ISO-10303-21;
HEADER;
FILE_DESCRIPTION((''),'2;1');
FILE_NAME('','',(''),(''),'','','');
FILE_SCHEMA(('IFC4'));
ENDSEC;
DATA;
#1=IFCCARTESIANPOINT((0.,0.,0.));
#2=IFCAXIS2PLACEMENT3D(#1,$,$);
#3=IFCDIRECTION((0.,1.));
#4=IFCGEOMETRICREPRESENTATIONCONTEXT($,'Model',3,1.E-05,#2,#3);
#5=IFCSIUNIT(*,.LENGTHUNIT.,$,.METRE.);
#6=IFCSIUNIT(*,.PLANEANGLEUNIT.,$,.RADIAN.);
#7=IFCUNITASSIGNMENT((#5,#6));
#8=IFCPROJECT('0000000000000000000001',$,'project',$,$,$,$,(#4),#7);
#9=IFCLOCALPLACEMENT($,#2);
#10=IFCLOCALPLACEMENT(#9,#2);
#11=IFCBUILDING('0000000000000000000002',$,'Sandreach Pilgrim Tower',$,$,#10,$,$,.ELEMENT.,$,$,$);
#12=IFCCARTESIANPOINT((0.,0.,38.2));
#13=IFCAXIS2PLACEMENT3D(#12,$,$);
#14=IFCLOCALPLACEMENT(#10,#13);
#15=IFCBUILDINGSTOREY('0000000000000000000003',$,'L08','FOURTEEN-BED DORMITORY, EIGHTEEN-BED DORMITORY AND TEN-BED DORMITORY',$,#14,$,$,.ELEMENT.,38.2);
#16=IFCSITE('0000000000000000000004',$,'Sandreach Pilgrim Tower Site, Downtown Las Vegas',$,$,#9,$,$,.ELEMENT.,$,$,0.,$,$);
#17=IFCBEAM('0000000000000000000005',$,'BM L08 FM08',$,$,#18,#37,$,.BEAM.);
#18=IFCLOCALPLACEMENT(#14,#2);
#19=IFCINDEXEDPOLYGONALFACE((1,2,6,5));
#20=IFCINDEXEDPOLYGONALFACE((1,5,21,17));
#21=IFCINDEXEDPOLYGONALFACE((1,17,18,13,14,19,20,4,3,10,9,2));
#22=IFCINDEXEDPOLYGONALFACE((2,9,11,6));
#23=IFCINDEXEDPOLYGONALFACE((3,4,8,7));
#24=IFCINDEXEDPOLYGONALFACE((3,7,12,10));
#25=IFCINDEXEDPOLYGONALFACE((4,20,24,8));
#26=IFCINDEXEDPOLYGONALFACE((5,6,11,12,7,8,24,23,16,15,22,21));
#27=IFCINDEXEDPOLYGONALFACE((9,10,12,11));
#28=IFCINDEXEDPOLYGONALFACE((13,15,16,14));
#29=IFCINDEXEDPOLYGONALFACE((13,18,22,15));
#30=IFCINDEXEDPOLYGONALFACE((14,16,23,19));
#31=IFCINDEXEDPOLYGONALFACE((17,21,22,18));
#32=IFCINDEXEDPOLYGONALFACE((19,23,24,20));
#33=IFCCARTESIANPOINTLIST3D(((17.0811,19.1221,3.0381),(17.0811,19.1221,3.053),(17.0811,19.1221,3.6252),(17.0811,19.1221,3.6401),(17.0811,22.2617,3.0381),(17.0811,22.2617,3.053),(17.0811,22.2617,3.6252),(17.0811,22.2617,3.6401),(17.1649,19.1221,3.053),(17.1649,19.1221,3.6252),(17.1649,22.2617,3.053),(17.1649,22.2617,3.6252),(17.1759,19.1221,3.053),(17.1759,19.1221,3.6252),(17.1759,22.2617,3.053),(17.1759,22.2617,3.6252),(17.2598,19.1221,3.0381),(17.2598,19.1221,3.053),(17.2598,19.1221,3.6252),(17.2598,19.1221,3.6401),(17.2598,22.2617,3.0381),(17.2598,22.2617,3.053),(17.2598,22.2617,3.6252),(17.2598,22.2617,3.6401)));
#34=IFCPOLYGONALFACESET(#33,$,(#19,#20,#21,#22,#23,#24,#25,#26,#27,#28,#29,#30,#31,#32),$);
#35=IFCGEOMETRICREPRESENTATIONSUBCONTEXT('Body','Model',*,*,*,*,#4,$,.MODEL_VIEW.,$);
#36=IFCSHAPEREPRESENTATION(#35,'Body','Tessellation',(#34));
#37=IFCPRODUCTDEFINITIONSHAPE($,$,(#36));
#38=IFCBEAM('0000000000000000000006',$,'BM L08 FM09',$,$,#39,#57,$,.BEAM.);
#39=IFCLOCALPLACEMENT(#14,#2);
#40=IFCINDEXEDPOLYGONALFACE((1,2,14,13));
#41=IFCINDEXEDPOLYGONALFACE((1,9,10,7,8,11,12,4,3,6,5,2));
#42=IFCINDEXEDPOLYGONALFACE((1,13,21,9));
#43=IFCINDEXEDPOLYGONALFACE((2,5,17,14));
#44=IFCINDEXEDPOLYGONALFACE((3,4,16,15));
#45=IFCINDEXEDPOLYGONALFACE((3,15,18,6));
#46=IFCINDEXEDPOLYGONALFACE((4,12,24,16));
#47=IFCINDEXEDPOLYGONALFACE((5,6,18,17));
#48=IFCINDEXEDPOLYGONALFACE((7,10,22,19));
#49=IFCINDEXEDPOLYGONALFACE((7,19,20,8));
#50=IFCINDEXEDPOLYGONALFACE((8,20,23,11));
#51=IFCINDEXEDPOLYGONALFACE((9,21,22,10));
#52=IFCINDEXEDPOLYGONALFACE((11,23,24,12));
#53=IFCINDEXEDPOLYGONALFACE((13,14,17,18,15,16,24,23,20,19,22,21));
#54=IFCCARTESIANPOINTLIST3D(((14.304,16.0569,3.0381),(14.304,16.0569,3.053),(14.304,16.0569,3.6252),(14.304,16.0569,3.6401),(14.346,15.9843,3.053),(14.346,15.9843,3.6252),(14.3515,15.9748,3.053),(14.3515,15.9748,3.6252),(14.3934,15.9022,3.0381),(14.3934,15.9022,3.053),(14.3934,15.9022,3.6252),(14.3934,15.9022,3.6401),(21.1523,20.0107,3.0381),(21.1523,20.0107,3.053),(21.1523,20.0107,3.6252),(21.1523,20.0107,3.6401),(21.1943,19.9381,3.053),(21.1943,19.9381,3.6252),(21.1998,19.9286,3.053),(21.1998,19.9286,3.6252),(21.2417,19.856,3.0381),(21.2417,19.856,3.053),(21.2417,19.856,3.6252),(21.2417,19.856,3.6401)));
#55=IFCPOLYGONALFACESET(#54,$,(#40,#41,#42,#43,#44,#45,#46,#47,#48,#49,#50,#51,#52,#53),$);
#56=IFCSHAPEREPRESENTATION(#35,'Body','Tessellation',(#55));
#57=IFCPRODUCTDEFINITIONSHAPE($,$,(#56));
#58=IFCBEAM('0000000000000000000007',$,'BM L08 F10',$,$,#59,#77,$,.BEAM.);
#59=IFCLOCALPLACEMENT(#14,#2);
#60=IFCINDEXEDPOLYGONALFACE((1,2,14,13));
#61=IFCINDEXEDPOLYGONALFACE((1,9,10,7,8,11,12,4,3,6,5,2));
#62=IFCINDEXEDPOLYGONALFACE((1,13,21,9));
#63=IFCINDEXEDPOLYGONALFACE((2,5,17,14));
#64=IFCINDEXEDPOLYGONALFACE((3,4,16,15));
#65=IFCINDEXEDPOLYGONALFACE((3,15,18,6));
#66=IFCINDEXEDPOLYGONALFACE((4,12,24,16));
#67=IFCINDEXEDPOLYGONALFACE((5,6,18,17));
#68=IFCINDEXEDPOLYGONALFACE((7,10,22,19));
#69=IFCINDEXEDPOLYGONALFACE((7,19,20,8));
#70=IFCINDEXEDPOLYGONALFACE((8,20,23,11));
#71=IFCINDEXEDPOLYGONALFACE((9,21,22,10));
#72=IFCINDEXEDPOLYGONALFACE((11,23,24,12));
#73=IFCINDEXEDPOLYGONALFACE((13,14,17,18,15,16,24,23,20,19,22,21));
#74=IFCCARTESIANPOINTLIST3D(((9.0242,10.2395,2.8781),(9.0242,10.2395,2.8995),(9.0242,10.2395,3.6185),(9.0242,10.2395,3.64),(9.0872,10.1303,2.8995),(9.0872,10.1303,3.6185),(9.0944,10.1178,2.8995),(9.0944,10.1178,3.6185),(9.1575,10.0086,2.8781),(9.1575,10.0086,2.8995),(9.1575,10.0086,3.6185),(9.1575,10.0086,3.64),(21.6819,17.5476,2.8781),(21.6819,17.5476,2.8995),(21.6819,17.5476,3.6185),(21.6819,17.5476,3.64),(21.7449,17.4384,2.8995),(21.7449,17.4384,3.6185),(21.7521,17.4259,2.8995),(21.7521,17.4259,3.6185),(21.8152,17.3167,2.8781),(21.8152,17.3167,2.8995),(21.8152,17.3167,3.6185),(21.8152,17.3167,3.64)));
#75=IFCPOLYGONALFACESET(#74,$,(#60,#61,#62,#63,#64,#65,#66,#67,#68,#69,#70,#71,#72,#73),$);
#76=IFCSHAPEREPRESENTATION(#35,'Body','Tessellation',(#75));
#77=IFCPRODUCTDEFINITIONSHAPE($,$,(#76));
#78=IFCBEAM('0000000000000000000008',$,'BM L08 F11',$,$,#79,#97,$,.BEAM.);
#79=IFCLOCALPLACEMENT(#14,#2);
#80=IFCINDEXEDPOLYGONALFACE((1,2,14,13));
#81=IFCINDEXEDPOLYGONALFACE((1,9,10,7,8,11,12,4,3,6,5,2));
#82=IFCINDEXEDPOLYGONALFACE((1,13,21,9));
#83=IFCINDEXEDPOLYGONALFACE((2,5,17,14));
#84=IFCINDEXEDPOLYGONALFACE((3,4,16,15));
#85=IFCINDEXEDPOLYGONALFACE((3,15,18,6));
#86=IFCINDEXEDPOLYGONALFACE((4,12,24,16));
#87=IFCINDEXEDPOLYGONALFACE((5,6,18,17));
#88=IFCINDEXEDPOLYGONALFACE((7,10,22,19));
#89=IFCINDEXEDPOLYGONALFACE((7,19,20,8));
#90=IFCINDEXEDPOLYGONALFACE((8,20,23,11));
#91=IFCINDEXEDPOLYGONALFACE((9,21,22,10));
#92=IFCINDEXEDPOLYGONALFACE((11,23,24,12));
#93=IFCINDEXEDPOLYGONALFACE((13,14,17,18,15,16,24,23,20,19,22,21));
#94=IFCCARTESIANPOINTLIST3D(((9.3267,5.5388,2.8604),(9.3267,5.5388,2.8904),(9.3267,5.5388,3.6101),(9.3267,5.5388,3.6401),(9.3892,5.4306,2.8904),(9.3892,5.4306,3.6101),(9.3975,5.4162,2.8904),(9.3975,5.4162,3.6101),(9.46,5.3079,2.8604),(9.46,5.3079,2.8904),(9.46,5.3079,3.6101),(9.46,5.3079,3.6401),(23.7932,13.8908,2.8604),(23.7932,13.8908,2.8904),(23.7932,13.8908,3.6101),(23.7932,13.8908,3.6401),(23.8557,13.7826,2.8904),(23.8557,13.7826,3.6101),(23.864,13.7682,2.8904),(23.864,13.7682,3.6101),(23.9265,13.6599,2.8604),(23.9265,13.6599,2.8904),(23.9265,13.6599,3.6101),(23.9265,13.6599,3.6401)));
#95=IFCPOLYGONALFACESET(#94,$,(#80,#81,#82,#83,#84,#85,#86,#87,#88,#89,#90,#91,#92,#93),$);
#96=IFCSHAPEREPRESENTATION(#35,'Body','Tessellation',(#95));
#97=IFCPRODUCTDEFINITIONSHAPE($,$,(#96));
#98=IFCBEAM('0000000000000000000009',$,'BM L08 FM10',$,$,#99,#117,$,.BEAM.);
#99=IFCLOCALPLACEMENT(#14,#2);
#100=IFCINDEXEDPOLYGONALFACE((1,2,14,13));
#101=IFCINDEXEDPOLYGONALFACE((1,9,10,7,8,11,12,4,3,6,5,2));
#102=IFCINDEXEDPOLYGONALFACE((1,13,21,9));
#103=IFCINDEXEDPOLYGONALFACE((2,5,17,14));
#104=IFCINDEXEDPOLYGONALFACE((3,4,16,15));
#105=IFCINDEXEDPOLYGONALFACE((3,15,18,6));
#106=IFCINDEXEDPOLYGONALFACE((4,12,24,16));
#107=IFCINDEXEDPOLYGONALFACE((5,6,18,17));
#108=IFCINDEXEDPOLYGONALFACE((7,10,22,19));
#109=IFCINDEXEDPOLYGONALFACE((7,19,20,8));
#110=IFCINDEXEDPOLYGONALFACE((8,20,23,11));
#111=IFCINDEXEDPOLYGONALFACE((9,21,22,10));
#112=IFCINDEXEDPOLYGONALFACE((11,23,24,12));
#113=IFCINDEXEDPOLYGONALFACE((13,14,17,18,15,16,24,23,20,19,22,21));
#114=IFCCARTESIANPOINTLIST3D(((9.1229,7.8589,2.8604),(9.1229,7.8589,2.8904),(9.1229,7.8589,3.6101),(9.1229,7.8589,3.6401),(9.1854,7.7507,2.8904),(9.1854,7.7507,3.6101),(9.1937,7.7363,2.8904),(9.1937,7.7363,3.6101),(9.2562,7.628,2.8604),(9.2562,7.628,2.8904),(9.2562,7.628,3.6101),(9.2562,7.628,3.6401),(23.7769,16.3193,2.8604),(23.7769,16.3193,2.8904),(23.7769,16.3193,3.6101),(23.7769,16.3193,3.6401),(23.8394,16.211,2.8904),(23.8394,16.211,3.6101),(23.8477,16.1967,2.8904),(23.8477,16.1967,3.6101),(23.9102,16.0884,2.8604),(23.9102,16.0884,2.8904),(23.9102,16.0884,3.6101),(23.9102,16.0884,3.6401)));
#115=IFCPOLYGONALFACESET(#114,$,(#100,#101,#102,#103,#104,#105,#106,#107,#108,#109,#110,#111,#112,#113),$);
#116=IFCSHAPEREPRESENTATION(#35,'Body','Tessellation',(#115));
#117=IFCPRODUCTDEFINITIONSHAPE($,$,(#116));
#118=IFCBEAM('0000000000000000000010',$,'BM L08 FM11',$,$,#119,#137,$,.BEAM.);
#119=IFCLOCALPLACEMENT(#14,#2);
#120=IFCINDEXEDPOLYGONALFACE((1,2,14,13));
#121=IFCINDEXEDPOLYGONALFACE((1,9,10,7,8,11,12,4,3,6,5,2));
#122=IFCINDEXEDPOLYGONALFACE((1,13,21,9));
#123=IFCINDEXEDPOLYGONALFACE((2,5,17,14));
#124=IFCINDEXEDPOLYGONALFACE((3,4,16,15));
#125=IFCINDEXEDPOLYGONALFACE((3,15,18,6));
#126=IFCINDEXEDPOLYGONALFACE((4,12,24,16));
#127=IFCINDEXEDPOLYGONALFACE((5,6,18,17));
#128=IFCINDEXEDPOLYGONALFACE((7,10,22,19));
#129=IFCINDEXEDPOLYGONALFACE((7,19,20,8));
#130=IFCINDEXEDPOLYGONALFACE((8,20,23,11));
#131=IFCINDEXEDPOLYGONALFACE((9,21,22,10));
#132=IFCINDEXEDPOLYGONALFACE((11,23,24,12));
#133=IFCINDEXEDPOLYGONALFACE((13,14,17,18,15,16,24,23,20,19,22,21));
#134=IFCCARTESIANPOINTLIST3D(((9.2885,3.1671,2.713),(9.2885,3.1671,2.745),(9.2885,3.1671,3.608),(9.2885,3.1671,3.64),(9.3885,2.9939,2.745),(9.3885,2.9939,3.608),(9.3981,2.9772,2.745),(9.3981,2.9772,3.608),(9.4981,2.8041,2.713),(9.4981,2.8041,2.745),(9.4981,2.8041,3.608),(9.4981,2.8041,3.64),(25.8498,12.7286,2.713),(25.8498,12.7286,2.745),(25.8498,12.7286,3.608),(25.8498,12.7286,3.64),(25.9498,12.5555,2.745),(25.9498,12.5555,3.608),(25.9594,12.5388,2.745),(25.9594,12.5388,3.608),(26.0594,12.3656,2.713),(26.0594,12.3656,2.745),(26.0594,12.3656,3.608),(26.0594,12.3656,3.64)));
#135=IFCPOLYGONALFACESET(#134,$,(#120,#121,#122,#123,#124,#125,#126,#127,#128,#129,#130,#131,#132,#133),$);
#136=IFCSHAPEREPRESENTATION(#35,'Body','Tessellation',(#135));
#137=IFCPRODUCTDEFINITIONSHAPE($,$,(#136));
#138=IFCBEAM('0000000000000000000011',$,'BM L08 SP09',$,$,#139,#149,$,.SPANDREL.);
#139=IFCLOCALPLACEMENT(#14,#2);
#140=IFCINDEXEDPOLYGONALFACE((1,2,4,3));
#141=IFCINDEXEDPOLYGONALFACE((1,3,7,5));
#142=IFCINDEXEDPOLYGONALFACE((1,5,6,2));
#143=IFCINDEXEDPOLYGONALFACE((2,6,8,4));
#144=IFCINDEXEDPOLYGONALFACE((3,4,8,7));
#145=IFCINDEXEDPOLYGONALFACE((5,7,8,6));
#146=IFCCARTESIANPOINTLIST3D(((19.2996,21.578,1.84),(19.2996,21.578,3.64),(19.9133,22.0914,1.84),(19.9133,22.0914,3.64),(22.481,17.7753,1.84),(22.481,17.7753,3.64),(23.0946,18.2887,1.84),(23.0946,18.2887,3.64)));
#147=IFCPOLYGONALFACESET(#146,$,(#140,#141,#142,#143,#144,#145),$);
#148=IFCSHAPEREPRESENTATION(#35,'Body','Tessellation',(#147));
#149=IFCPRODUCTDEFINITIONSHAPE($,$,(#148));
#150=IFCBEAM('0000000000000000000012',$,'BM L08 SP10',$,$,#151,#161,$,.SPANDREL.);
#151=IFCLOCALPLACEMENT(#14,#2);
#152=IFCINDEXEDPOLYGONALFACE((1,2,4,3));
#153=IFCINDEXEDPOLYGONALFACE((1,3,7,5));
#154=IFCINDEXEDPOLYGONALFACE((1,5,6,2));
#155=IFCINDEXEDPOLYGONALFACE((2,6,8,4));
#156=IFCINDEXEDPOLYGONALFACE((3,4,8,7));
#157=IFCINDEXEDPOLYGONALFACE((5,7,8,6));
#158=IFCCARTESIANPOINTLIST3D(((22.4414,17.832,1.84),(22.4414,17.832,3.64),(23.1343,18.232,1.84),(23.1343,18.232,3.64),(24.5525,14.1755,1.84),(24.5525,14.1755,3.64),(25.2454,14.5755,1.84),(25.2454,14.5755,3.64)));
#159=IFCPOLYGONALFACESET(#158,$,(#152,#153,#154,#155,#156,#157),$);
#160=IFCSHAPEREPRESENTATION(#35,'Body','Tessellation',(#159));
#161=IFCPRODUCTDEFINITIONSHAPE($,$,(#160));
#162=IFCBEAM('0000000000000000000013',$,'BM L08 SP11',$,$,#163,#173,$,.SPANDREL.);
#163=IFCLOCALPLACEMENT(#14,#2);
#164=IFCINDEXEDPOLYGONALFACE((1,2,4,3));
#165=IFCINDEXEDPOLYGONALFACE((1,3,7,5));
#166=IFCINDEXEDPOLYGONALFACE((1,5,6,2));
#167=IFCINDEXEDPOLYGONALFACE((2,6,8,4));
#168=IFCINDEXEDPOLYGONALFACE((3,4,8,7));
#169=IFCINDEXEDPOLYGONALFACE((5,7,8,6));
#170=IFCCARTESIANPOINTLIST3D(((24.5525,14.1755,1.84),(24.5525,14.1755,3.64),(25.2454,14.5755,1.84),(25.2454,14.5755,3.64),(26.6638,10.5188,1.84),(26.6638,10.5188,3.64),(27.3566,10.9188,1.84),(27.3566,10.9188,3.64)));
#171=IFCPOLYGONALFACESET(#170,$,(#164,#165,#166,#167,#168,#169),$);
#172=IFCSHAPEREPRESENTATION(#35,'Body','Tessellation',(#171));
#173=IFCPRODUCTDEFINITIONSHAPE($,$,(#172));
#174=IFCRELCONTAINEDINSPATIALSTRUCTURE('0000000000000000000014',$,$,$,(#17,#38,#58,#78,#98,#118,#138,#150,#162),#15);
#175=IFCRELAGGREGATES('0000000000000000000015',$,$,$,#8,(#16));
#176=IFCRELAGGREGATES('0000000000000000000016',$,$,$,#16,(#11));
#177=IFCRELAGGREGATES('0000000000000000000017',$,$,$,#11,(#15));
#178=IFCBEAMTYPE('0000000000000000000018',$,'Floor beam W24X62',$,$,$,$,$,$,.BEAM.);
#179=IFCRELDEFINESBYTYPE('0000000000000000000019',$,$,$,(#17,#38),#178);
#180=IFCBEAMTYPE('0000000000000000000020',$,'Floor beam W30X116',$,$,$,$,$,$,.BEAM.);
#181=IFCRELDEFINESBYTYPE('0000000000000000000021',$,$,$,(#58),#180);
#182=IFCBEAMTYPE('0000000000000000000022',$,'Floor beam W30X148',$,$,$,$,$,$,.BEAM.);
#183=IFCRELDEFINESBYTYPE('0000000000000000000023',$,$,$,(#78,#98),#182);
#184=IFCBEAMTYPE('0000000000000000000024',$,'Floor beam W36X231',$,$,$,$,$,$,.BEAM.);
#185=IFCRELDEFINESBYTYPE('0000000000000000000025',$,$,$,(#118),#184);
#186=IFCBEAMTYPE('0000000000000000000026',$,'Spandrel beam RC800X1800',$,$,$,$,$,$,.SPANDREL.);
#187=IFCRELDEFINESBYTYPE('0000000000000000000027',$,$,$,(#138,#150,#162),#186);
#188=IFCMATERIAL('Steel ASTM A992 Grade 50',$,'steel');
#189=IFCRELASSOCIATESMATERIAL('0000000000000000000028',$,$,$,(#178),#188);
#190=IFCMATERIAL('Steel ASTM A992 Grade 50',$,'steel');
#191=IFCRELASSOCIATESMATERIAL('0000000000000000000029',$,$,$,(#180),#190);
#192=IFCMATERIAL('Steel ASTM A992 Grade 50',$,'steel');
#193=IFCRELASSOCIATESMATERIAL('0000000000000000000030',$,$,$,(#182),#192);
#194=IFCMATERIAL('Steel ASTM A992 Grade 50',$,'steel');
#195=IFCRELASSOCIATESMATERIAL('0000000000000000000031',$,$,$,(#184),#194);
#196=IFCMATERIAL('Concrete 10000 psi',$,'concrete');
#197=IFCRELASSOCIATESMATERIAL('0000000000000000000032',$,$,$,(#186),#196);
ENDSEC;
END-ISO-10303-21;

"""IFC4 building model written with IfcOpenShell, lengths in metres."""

from ifc_helpers import new_model, si_unit, direction, frame, origin, origin_2d, place, context, subcontext, project, spatial, rectangle, i_section, extrude, material, material_profile, profile_set, type_object, element, save


model = new_model("IFC4")

# Units and contexts
model_context = context("Model", 3, precision=1e-05, world=origin(), true_north=direction((0.0, 1.0)))
body_context = subcontext(model_context, "Body", "Model", "MODEL_VIEW")
ifc_project = project(units=[si_unit("LENGTHUNIT", "METRE"), si_unit("PLANEANGLEUNIT", "RADIAN")], contexts=[model_context])

# Site, building, storey
site_placement = place(None, origin())
site = spatial("IfcSite", under=ifc_project, at=site_placement, Name="Sandreach Pilgrim Tower Site, Downtown Las Vegas", CompositionType="ELEMENT", RefElevation=0.0)
building_placement = place(site_placement, origin())
building = spatial("IfcBuilding", under=site, at=building_placement, Name="Sandreach Pilgrim Tower", CompositionType="ELEMENT")
storey_placement = place(building_placement, frame((0.0, 0.0, 38.2)))
storey = spatial("IfcBuildingStorey", under=building, at=storey_placement, Name="L08", Description="FOURTEEN-BED DORMITORY, EIGHTEEN-BED DORMITORY AND TEN-BED DORMITORY", CompositionType="ELEMENT", Elevation=38.2)

# Beams
ifc_material_1 = material(Name="Steel ASTM A992 Grade 50", Category="steel")
ifc_material_profile_1 = material_profile(ifc_material_1, i_section(OverallWidth=0.1787, OverallDepth=0.6021, WebThickness=0.011, FlangeThickness=0.0149, at=origin_2d()), Name="W24X62")
ifc_profile_set_1 = profile_set([ifc_material_profile_1], Name="Steel ASTM A992 Grade 50")
beam_type_1 = type_object("IfcBeamType", Name="Floor beam W24X62", PredefinedType="BEAM", material=ifc_profile_set_1)
beam_1_placement = place(storey_placement, frame((17.1704, 22.2617, 3.3391), z_axis=(0.0, -1.0, 0.0), x_axis=(1.0, 0.0, 0.0)))
element("IfcBeam", 1, at=beam_1_placement, inside=storey, type_object=beam_type_1, Name="BM L08 FM08", PredefinedType="BEAM", context=body_context, shape_type="SweptSolid", body=[
    extrude(i_section(OverallWidth=0.1787, OverallDepth=0.6021, WebThickness=0.011, FlangeThickness=0.0149, at=origin_2d()), origin(), (0.0, 0.0, 1.0), 3.1396),
])
beam_2_placement = place(storey_placement, frame((21.197, 19.9333, 3.3391), z_axis=(-0.866029, -0.499994, 0.0), x_axis=(0.499994, -0.866029, 0.0)))
element("IfcBeam", 2, at=beam_2_placement, inside=storey, type_object=beam_type_1, Name="BM L08 FM09", PredefinedType="BEAM", context=body_context, shape_type="SweptSolid", body=[
    extrude(i_section(OverallWidth=0.1787, OverallDepth=0.6021, WebThickness=0.011, FlangeThickness=0.0149, at=origin_2d()), origin(), (0.0, 0.0, 1.0), 7.9077),
])
ifc_material_2 = material(Name="Steel ASTM A992 Grade 50", Category="steel")
ifc_material_profile_2 = material_profile(ifc_material_2, i_section(OverallWidth=0.2666, OverallDepth=0.762, WebThickness=0.0144, FlangeThickness=0.0215, at=origin_2d()), Name="W30X116")
ifc_profile_set_2 = profile_set([ifc_material_profile_2], Name="Steel ASTM A992 Grade 50")
beam_type_2 = type_object("IfcBeamType", Name="Floor beam W30X116", PredefinedType="BEAM", material=ifc_profile_set_2)
beam_3_placement = place(storey_placement, frame((21.7485, 17.4321, 3.259), z_axis=(-0.86602, -0.500009, 0.0), x_axis=(0.500009, -0.86602, 0.0)))
element("IfcBeam", 3, at=beam_3_placement, inside=storey, type_object=beam_type_2, Name="BM L08 F10", PredefinedType="BEAM", context=body_context, shape_type="SweptSolid", body=[
    extrude(i_section(OverallWidth=0.2666, OverallDepth=0.762, WebThickness=0.0144, FlangeThickness=0.0215, at=origin_2d()), origin(), (0.0, 0.0, 1.0), 14.616),
])
ifc_material_3 = material(Name="Steel ASTM A992 Grade 50", Category="steel")
ifc_material_profile_3 = material_profile(ifc_material_3, i_section(OverallWidth=0.2666, OverallDepth=0.7798, WebThickness=0.0166, FlangeThickness=0.03, at=origin_2d()), Name="W30X148")
ifc_profile_set_3 = profile_set([ifc_material_profile_3], Name="Steel ASTM A992 Grade 50")
beam_type_3 = type_object("IfcBeamType", Name="Floor beam W30X148", PredefinedType="BEAM", material=ifc_profile_set_3)
beam_4_placement = place(storey_placement, frame((23.8599, 13.7754, 3.2502), z_axis=(-0.866031, -0.49999, 0.0), x_axis=(0.49999, -0.866031, 0.0)))
element("IfcBeam", 4, at=beam_4_placement, inside=storey, type_object=beam_type_3, Name="BM L08 F11", PredefinedType="BEAM", context=body_context, shape_type="SweptSolid", body=[
    extrude(i_section(OverallWidth=0.2666, OverallDepth=0.7798, WebThickness=0.0166, FlangeThickness=0.03, at=origin_2d()), origin(), (0.0, 0.0, 1.0), 16.7043),
])
beam_5_placement = place(storey_placement, frame((23.8435, 16.2039, 3.2502), z_axis=(-0.866027, -0.499997, 0.0), x_axis=(0.499997, -0.866027, 0.0)))
element("IfcBeam", 5, at=beam_5_placement, inside=storey, type_object=beam_type_3, Name="BM L08 FM10", PredefinedType="BEAM", context=body_context, shape_type="SweptSolid", body=[
    extrude(i_section(OverallWidth=0.2666, OverallDepth=0.7798, WebThickness=0.0166, FlangeThickness=0.03, at=origin_2d()), origin(), (0.0, 0.0, 1.0), 16.9209),
])
ifc_material_4 = material(Name="Steel ASTM A992 Grade 50", Category="steel")
ifc_material_profile_4 = material_profile(ifc_material_4, i_section(OverallWidth=0.4192, OverallDepth=0.927, WebThickness=0.0193, FlangeThickness=0.032, at=origin_2d()), Name="W36X231")
ifc_profile_set_4 = profile_set([ifc_material_profile_4], Name="Steel ASTM A992 Grade 50")
beam_type_4 = type_object("IfcBeamType", Name="Floor beam W36X231", PredefinedType="BEAM", material=ifc_profile_set_4)
beam_6_placement = place(storey_placement, frame((25.9546, 12.5471, 3.1765), z_axis=(-0.866028, -0.499995, 0.0), x_axis=(0.499995, -0.866028, 0.0)))
element("IfcBeam", 6, at=beam_6_placement, inside=storey, type_object=beam_type_4, Name="BM L08 FM11", PredefinedType="BEAM", context=body_context, shape_type="SweptSolid", body=[
    extrude(i_section(OverallWidth=0.4192, OverallDepth=0.927, WebThickness=0.0193, FlangeThickness=0.032, at=origin_2d()), origin(), (0.0, 0.0, 1.0), 19.1233),
])
ifc_material_5 = material(Name="Concrete 10000 psi", Category="concrete")
ifc_material_profile_5 = material_profile(ifc_material_5, rectangle(XDim=0.8, YDim=1.8, at=origin_2d()), Name="RC800X1800")
ifc_profile_set_5 = profile_set([ifc_material_profile_5], Name="Concrete 10000 psi")
beam_type_5 = type_object("IfcBeamType", Name="Spandrel beam RC800X1800", PredefinedType="SPANDREL", material=ifc_profile_set_5)
beam_7_placement = place(storey_placement, frame((19.6064, 21.8347, 2.74), z_axis=(0.641665, -0.766985, 0.0), x_axis=(0.766985, 0.641665, 0.0)))
element("IfcBeam", 7, at=beam_7_placement, inside=storey, type_object=beam_type_5, Name="BM L08 SP09", PredefinedType="SPANDREL", context=body_context, shape_type="SweptSolid", body=[
    extrude(rectangle(XDim=0.8, YDim=1.8, at=origin_2d()), origin(), (0.0, 0.0, 1.0), 4.958),
])
beam_8_placement = place(storey_placement, frame((22.7878, 18.032, 2.74), z_axis=(0.500001, -0.866025, 0.0), x_axis=(0.866025, 0.500001, 0.0)))
element("IfcBeam", 8, at=beam_8_placement, inside=storey, type_object=beam_type_5, Name="BM L08 SP10", PredefinedType="SPANDREL", context=body_context, shape_type="SweptSolid", body=[
    extrude(rectangle(XDim=0.8, YDim=1.8, at=origin_2d()), origin(), (0.0, 0.0, 1.0), 4.2222),
])
beam_9_placement = place(storey_placement, frame((24.8989, 14.3755, 2.74), z_axis=(0.500019, -0.866014, 0.0), x_axis=(0.866014, 0.500019, 0.0)))
element("IfcBeam", 9, at=beam_9_placement, inside=storey, type_object=beam_type_5, Name="BM L08 SP11", PredefinedType="SPANDREL", context=body_context, shape_type="SweptSolid", body=[
    extrude(rectangle(XDim=0.8, YDim=1.8, at=origin_2d()), origin(), (0.0, 0.0, 1.0), 4.2224),
])

save(model, "model.ifc")
